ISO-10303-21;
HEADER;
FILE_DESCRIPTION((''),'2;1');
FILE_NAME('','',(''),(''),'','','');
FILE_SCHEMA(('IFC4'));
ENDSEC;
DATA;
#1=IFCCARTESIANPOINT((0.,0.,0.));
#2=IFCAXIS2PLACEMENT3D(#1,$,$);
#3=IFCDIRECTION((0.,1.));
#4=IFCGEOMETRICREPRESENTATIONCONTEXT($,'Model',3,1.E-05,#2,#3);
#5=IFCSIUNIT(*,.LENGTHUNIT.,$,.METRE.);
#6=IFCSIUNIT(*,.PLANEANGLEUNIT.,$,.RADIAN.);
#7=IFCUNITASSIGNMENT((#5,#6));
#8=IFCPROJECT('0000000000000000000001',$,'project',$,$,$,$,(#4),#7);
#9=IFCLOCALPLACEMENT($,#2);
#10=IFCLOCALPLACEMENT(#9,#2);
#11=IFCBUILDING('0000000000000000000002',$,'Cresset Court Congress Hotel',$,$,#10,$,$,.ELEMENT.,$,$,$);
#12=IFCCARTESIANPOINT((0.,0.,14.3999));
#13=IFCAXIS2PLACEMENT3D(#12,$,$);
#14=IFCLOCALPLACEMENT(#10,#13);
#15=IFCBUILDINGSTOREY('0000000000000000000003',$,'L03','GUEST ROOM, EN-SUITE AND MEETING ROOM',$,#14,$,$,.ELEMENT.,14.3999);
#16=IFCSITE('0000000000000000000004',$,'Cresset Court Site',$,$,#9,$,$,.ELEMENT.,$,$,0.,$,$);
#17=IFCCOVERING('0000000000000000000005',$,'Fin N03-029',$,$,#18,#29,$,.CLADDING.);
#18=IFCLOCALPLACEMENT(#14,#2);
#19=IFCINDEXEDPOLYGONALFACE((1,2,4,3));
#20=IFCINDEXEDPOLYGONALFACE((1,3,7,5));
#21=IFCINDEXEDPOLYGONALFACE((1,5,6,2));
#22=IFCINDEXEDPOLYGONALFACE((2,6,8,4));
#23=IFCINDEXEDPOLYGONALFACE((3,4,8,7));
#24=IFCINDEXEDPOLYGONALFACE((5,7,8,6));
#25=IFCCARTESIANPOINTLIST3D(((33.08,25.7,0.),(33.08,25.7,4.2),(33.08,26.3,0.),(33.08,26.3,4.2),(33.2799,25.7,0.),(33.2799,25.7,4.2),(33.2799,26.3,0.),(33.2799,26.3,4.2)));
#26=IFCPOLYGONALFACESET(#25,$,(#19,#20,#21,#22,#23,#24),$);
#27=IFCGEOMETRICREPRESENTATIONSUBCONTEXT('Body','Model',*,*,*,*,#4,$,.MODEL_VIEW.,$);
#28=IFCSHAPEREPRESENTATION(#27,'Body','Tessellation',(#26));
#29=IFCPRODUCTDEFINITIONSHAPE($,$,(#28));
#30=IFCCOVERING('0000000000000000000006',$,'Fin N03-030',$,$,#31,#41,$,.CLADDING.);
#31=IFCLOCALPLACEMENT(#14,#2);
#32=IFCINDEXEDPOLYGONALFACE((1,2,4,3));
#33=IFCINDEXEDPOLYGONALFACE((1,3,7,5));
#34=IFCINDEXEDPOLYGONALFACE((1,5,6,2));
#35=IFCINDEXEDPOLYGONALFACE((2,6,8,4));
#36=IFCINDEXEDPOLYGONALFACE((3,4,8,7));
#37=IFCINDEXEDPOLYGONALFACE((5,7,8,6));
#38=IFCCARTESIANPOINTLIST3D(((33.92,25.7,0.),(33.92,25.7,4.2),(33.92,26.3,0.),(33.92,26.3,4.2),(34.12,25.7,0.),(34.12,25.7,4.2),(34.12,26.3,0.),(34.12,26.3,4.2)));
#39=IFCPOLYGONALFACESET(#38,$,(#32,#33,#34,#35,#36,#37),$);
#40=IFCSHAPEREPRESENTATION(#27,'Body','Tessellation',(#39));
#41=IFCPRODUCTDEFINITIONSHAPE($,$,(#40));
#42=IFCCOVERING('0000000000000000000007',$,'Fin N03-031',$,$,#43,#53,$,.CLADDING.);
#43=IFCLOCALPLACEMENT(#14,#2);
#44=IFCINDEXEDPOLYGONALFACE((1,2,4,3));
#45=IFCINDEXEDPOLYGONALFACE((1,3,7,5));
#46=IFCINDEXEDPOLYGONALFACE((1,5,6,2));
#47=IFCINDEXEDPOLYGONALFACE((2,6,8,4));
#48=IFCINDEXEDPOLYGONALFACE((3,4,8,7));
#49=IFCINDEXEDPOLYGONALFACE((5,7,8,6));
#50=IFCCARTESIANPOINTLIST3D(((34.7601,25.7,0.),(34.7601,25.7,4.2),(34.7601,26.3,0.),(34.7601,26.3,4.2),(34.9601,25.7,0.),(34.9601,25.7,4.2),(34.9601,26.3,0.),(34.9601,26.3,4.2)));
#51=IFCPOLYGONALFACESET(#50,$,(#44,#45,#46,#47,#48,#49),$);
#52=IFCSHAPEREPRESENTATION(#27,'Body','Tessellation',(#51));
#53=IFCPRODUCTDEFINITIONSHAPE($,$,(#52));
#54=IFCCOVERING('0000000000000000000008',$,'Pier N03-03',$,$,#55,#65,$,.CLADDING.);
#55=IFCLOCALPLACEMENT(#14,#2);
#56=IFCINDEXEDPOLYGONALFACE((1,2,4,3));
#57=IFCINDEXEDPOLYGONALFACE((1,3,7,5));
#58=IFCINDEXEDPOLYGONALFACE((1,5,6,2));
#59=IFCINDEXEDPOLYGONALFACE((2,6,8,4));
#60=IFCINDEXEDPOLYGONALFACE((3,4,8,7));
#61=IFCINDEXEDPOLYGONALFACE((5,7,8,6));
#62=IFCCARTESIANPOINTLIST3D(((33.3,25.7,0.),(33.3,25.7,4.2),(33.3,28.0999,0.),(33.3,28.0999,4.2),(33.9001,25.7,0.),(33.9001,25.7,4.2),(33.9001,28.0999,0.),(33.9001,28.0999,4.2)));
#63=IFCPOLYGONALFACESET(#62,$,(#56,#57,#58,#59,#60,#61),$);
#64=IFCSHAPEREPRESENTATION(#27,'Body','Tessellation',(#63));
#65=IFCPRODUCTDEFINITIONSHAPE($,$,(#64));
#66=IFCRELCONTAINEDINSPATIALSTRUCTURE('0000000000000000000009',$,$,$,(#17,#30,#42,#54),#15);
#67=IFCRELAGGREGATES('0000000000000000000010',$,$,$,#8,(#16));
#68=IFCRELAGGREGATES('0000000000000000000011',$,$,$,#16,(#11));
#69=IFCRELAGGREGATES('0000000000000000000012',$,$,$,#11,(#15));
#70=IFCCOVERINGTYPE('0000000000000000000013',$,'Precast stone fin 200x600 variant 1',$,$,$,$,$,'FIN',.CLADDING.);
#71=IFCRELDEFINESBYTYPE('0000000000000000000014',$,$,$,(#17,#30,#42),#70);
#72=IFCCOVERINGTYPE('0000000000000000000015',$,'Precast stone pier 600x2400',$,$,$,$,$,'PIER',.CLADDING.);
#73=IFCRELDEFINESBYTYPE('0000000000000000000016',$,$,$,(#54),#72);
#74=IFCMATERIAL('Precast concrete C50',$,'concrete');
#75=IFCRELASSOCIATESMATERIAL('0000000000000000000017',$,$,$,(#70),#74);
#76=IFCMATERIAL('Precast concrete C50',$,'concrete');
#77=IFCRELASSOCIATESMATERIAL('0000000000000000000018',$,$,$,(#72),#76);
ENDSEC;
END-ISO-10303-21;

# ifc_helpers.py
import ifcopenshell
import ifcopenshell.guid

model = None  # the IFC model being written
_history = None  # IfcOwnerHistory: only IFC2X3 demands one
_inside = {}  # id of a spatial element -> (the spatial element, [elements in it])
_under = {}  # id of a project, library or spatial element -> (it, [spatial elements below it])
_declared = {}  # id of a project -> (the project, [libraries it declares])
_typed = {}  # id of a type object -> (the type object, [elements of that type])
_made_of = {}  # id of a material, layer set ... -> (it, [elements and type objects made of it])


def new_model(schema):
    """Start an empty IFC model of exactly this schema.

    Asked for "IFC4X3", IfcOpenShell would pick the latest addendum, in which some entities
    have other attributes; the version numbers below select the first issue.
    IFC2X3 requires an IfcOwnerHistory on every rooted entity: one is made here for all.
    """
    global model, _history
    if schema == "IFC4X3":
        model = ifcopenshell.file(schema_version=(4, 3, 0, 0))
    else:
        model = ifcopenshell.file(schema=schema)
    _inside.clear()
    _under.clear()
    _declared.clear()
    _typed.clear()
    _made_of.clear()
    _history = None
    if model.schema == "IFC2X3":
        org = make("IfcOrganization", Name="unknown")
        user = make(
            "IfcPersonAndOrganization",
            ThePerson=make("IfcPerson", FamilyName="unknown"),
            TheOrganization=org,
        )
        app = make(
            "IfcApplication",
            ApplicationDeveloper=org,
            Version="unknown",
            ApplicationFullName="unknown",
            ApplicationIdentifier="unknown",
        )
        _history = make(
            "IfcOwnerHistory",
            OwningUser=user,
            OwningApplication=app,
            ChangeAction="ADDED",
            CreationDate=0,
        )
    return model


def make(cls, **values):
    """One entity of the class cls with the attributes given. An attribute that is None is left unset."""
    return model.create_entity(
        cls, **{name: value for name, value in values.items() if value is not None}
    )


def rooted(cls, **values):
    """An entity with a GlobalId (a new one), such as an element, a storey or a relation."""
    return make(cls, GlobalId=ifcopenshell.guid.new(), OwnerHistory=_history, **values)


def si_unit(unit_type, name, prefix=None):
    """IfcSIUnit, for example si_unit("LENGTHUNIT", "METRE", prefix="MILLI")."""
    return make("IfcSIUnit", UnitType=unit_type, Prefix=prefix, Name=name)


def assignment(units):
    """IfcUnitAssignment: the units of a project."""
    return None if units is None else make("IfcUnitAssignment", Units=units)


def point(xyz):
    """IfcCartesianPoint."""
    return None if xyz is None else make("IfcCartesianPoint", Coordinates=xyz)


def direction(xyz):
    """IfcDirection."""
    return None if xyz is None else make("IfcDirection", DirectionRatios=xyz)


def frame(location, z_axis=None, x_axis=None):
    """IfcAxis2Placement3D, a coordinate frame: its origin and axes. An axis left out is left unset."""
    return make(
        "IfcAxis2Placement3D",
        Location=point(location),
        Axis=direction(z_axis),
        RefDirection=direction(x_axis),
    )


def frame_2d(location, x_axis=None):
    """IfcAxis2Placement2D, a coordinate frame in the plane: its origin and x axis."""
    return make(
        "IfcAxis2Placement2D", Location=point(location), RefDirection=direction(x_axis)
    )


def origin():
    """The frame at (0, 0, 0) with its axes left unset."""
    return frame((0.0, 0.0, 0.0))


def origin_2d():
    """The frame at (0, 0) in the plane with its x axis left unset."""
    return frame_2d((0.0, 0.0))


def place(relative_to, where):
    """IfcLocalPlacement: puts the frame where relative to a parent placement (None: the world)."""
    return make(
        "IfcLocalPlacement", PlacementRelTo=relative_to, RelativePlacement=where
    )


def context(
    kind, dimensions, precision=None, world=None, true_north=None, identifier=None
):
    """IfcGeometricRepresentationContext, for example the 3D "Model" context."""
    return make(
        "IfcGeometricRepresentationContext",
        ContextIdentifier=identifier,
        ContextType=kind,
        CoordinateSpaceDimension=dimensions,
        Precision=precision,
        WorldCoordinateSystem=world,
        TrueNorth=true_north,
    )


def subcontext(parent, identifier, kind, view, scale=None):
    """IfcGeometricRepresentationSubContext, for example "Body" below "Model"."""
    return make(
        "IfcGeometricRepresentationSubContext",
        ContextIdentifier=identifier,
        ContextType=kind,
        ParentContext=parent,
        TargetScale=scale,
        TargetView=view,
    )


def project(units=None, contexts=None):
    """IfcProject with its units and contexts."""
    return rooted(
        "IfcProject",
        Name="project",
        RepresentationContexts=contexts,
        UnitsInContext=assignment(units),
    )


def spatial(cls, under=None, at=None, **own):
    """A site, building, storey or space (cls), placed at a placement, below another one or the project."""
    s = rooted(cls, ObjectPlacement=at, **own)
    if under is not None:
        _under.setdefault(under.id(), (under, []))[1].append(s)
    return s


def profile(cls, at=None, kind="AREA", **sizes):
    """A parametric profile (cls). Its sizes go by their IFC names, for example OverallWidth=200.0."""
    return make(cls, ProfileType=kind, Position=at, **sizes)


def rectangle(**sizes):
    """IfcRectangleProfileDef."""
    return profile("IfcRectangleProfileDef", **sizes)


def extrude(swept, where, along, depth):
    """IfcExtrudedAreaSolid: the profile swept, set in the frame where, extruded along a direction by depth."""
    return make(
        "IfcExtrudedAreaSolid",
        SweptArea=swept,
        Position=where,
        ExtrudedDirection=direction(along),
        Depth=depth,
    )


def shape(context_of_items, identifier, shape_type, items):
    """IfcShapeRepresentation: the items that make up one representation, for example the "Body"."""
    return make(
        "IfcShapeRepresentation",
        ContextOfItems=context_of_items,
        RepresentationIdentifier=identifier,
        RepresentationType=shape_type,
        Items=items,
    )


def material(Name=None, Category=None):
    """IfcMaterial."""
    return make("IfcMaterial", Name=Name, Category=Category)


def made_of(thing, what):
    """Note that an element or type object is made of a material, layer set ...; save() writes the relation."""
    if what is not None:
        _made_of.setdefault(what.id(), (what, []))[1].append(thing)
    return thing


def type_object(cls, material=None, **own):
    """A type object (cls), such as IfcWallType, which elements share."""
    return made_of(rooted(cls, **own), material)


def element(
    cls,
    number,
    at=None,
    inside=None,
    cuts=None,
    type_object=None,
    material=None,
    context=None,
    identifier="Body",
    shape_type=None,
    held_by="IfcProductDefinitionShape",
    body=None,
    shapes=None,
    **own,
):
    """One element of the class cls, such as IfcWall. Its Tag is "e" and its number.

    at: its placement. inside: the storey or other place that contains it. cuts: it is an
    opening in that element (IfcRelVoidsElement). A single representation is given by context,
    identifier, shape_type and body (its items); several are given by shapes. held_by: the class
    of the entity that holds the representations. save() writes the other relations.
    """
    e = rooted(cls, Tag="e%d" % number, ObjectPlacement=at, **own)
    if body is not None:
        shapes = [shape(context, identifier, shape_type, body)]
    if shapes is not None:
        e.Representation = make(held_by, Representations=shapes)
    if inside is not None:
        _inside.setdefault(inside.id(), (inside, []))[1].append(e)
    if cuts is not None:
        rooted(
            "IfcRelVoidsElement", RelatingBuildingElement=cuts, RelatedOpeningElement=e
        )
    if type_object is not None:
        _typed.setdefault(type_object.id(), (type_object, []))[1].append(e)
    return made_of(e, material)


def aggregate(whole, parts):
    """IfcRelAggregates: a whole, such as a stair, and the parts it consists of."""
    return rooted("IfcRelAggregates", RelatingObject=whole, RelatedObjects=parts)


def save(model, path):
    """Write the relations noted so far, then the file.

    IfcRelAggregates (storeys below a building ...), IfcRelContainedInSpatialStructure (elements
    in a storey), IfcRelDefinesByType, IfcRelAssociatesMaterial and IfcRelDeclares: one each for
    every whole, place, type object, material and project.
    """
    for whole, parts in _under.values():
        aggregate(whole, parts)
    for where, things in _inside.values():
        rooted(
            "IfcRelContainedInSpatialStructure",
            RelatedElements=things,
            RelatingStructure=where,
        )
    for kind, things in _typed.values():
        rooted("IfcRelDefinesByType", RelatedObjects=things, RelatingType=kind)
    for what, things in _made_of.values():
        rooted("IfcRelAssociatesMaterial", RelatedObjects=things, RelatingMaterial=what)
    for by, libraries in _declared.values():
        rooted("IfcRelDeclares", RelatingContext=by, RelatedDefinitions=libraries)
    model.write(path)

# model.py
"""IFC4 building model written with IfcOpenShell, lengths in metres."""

from ifc_helpers import new_model, si_unit, direction, frame, origin, origin_2d, place, context, subcontext, project, spatial, rectangle, extrude, material, type_object, element, save


model = new_model("IFC4")

# Units and contexts
model_context = context("Model", 3, precision=1e-05, world=origin(), true_north=direction((0.0, 1.0)))
body_context = subcontext(model_context, "Body", "Model", "MODEL_VIEW")
ifc_project = project(units=[si_unit("LENGTHUNIT", "METRE"), si_unit("PLANEANGLEUNIT", "RADIAN")], contexts=[model_context])

# Site, building, storey
site_placement = place(None, origin())
site = spatial("IfcSite", under=ifc_project, at=site_placement, Name="Cresset Court Site", CompositionType="ELEMENT", RefElevation=0.0)
building_placement = place(site_placement, origin())
building = spatial("IfcBuilding", under=site, at=building_placement, Name="Cresset Court Congress Hotel", CompositionType="ELEMENT")
storey_placement = place(building_placement, frame((0.0, 0.0, 14.3999)))
storey = spatial("IfcBuildingStorey", under=building, at=storey_placement, Name="L03", Description="GUEST ROOM, EN-SUITE AND MEETING ROOM", CompositionType="ELEMENT", Elevation=14.3999)

# Coverings
ifc_material_1 = material(Name="Precast concrete C50", Category="concrete")
covering_type_1 = type_object("IfcCoveringType", Name="Precast stone fin 200x600 variant 1", ElementType="FIN", PredefinedType="CLADDING", material=ifc_material_1)
for number, where, z_axis, x_axis, name in (
    (1, (33.1799, 26.0, 0.0), (0.0, 0.0, 1.0), (1.0, 0.0, 0.0), "Fin N03-029"),
    (2, (34.02, 26.0, 0.0), (0.0, 0.0, 1.0), (1.0, 0.0, 0.0), "Fin N03-030"),
    (3, (34.8601, 26.0, 0.0), (0.0, 0.0, 1.0), (1.0, 0.0, 0.0), "Fin N03-031"),
):
    element("IfcCovering", number, at=place(storey_placement, frame(where, z_axis=z_axis, x_axis=x_axis)), inside=storey, type_object=covering_type_1, Name=name, PredefinedType="CLADDING", context=body_context, shape_type="SweptSolid", body=[
        extrude(rectangle(XDim=0.2, YDim=0.6001, at=origin_2d()), origin(), (0.0, 0.0, 1.0), 4.2),
    ])
ifc_material_2 = material(Name="Precast concrete C50", Category="concrete")
covering_type_2 = type_object("IfcCoveringType", Name="Precast stone pier 600x2400", ElementType="PIER", PredefinedType="CLADDING", material=ifc_material_2)
covering_placement = place(storey_placement, frame((33.6001, 26.8999, 0.0), z_axis=(0.0, 0.0, 1.0), x_axis=(1.0, 0.0, 0.0)))
element("IfcCovering", 4, at=covering_placement, inside=storey, type_object=covering_type_2, Name="Pier N03-03", PredefinedType="CLADDING", context=body_context, shape_type="SweptSolid", body=[
    extrude(rectangle(XDim=0.6001, YDim=2.3999, at=origin_2d()), origin(), (0.0, 0.0, 1.0), 4.2),
])

save(model, "model.ifc")
